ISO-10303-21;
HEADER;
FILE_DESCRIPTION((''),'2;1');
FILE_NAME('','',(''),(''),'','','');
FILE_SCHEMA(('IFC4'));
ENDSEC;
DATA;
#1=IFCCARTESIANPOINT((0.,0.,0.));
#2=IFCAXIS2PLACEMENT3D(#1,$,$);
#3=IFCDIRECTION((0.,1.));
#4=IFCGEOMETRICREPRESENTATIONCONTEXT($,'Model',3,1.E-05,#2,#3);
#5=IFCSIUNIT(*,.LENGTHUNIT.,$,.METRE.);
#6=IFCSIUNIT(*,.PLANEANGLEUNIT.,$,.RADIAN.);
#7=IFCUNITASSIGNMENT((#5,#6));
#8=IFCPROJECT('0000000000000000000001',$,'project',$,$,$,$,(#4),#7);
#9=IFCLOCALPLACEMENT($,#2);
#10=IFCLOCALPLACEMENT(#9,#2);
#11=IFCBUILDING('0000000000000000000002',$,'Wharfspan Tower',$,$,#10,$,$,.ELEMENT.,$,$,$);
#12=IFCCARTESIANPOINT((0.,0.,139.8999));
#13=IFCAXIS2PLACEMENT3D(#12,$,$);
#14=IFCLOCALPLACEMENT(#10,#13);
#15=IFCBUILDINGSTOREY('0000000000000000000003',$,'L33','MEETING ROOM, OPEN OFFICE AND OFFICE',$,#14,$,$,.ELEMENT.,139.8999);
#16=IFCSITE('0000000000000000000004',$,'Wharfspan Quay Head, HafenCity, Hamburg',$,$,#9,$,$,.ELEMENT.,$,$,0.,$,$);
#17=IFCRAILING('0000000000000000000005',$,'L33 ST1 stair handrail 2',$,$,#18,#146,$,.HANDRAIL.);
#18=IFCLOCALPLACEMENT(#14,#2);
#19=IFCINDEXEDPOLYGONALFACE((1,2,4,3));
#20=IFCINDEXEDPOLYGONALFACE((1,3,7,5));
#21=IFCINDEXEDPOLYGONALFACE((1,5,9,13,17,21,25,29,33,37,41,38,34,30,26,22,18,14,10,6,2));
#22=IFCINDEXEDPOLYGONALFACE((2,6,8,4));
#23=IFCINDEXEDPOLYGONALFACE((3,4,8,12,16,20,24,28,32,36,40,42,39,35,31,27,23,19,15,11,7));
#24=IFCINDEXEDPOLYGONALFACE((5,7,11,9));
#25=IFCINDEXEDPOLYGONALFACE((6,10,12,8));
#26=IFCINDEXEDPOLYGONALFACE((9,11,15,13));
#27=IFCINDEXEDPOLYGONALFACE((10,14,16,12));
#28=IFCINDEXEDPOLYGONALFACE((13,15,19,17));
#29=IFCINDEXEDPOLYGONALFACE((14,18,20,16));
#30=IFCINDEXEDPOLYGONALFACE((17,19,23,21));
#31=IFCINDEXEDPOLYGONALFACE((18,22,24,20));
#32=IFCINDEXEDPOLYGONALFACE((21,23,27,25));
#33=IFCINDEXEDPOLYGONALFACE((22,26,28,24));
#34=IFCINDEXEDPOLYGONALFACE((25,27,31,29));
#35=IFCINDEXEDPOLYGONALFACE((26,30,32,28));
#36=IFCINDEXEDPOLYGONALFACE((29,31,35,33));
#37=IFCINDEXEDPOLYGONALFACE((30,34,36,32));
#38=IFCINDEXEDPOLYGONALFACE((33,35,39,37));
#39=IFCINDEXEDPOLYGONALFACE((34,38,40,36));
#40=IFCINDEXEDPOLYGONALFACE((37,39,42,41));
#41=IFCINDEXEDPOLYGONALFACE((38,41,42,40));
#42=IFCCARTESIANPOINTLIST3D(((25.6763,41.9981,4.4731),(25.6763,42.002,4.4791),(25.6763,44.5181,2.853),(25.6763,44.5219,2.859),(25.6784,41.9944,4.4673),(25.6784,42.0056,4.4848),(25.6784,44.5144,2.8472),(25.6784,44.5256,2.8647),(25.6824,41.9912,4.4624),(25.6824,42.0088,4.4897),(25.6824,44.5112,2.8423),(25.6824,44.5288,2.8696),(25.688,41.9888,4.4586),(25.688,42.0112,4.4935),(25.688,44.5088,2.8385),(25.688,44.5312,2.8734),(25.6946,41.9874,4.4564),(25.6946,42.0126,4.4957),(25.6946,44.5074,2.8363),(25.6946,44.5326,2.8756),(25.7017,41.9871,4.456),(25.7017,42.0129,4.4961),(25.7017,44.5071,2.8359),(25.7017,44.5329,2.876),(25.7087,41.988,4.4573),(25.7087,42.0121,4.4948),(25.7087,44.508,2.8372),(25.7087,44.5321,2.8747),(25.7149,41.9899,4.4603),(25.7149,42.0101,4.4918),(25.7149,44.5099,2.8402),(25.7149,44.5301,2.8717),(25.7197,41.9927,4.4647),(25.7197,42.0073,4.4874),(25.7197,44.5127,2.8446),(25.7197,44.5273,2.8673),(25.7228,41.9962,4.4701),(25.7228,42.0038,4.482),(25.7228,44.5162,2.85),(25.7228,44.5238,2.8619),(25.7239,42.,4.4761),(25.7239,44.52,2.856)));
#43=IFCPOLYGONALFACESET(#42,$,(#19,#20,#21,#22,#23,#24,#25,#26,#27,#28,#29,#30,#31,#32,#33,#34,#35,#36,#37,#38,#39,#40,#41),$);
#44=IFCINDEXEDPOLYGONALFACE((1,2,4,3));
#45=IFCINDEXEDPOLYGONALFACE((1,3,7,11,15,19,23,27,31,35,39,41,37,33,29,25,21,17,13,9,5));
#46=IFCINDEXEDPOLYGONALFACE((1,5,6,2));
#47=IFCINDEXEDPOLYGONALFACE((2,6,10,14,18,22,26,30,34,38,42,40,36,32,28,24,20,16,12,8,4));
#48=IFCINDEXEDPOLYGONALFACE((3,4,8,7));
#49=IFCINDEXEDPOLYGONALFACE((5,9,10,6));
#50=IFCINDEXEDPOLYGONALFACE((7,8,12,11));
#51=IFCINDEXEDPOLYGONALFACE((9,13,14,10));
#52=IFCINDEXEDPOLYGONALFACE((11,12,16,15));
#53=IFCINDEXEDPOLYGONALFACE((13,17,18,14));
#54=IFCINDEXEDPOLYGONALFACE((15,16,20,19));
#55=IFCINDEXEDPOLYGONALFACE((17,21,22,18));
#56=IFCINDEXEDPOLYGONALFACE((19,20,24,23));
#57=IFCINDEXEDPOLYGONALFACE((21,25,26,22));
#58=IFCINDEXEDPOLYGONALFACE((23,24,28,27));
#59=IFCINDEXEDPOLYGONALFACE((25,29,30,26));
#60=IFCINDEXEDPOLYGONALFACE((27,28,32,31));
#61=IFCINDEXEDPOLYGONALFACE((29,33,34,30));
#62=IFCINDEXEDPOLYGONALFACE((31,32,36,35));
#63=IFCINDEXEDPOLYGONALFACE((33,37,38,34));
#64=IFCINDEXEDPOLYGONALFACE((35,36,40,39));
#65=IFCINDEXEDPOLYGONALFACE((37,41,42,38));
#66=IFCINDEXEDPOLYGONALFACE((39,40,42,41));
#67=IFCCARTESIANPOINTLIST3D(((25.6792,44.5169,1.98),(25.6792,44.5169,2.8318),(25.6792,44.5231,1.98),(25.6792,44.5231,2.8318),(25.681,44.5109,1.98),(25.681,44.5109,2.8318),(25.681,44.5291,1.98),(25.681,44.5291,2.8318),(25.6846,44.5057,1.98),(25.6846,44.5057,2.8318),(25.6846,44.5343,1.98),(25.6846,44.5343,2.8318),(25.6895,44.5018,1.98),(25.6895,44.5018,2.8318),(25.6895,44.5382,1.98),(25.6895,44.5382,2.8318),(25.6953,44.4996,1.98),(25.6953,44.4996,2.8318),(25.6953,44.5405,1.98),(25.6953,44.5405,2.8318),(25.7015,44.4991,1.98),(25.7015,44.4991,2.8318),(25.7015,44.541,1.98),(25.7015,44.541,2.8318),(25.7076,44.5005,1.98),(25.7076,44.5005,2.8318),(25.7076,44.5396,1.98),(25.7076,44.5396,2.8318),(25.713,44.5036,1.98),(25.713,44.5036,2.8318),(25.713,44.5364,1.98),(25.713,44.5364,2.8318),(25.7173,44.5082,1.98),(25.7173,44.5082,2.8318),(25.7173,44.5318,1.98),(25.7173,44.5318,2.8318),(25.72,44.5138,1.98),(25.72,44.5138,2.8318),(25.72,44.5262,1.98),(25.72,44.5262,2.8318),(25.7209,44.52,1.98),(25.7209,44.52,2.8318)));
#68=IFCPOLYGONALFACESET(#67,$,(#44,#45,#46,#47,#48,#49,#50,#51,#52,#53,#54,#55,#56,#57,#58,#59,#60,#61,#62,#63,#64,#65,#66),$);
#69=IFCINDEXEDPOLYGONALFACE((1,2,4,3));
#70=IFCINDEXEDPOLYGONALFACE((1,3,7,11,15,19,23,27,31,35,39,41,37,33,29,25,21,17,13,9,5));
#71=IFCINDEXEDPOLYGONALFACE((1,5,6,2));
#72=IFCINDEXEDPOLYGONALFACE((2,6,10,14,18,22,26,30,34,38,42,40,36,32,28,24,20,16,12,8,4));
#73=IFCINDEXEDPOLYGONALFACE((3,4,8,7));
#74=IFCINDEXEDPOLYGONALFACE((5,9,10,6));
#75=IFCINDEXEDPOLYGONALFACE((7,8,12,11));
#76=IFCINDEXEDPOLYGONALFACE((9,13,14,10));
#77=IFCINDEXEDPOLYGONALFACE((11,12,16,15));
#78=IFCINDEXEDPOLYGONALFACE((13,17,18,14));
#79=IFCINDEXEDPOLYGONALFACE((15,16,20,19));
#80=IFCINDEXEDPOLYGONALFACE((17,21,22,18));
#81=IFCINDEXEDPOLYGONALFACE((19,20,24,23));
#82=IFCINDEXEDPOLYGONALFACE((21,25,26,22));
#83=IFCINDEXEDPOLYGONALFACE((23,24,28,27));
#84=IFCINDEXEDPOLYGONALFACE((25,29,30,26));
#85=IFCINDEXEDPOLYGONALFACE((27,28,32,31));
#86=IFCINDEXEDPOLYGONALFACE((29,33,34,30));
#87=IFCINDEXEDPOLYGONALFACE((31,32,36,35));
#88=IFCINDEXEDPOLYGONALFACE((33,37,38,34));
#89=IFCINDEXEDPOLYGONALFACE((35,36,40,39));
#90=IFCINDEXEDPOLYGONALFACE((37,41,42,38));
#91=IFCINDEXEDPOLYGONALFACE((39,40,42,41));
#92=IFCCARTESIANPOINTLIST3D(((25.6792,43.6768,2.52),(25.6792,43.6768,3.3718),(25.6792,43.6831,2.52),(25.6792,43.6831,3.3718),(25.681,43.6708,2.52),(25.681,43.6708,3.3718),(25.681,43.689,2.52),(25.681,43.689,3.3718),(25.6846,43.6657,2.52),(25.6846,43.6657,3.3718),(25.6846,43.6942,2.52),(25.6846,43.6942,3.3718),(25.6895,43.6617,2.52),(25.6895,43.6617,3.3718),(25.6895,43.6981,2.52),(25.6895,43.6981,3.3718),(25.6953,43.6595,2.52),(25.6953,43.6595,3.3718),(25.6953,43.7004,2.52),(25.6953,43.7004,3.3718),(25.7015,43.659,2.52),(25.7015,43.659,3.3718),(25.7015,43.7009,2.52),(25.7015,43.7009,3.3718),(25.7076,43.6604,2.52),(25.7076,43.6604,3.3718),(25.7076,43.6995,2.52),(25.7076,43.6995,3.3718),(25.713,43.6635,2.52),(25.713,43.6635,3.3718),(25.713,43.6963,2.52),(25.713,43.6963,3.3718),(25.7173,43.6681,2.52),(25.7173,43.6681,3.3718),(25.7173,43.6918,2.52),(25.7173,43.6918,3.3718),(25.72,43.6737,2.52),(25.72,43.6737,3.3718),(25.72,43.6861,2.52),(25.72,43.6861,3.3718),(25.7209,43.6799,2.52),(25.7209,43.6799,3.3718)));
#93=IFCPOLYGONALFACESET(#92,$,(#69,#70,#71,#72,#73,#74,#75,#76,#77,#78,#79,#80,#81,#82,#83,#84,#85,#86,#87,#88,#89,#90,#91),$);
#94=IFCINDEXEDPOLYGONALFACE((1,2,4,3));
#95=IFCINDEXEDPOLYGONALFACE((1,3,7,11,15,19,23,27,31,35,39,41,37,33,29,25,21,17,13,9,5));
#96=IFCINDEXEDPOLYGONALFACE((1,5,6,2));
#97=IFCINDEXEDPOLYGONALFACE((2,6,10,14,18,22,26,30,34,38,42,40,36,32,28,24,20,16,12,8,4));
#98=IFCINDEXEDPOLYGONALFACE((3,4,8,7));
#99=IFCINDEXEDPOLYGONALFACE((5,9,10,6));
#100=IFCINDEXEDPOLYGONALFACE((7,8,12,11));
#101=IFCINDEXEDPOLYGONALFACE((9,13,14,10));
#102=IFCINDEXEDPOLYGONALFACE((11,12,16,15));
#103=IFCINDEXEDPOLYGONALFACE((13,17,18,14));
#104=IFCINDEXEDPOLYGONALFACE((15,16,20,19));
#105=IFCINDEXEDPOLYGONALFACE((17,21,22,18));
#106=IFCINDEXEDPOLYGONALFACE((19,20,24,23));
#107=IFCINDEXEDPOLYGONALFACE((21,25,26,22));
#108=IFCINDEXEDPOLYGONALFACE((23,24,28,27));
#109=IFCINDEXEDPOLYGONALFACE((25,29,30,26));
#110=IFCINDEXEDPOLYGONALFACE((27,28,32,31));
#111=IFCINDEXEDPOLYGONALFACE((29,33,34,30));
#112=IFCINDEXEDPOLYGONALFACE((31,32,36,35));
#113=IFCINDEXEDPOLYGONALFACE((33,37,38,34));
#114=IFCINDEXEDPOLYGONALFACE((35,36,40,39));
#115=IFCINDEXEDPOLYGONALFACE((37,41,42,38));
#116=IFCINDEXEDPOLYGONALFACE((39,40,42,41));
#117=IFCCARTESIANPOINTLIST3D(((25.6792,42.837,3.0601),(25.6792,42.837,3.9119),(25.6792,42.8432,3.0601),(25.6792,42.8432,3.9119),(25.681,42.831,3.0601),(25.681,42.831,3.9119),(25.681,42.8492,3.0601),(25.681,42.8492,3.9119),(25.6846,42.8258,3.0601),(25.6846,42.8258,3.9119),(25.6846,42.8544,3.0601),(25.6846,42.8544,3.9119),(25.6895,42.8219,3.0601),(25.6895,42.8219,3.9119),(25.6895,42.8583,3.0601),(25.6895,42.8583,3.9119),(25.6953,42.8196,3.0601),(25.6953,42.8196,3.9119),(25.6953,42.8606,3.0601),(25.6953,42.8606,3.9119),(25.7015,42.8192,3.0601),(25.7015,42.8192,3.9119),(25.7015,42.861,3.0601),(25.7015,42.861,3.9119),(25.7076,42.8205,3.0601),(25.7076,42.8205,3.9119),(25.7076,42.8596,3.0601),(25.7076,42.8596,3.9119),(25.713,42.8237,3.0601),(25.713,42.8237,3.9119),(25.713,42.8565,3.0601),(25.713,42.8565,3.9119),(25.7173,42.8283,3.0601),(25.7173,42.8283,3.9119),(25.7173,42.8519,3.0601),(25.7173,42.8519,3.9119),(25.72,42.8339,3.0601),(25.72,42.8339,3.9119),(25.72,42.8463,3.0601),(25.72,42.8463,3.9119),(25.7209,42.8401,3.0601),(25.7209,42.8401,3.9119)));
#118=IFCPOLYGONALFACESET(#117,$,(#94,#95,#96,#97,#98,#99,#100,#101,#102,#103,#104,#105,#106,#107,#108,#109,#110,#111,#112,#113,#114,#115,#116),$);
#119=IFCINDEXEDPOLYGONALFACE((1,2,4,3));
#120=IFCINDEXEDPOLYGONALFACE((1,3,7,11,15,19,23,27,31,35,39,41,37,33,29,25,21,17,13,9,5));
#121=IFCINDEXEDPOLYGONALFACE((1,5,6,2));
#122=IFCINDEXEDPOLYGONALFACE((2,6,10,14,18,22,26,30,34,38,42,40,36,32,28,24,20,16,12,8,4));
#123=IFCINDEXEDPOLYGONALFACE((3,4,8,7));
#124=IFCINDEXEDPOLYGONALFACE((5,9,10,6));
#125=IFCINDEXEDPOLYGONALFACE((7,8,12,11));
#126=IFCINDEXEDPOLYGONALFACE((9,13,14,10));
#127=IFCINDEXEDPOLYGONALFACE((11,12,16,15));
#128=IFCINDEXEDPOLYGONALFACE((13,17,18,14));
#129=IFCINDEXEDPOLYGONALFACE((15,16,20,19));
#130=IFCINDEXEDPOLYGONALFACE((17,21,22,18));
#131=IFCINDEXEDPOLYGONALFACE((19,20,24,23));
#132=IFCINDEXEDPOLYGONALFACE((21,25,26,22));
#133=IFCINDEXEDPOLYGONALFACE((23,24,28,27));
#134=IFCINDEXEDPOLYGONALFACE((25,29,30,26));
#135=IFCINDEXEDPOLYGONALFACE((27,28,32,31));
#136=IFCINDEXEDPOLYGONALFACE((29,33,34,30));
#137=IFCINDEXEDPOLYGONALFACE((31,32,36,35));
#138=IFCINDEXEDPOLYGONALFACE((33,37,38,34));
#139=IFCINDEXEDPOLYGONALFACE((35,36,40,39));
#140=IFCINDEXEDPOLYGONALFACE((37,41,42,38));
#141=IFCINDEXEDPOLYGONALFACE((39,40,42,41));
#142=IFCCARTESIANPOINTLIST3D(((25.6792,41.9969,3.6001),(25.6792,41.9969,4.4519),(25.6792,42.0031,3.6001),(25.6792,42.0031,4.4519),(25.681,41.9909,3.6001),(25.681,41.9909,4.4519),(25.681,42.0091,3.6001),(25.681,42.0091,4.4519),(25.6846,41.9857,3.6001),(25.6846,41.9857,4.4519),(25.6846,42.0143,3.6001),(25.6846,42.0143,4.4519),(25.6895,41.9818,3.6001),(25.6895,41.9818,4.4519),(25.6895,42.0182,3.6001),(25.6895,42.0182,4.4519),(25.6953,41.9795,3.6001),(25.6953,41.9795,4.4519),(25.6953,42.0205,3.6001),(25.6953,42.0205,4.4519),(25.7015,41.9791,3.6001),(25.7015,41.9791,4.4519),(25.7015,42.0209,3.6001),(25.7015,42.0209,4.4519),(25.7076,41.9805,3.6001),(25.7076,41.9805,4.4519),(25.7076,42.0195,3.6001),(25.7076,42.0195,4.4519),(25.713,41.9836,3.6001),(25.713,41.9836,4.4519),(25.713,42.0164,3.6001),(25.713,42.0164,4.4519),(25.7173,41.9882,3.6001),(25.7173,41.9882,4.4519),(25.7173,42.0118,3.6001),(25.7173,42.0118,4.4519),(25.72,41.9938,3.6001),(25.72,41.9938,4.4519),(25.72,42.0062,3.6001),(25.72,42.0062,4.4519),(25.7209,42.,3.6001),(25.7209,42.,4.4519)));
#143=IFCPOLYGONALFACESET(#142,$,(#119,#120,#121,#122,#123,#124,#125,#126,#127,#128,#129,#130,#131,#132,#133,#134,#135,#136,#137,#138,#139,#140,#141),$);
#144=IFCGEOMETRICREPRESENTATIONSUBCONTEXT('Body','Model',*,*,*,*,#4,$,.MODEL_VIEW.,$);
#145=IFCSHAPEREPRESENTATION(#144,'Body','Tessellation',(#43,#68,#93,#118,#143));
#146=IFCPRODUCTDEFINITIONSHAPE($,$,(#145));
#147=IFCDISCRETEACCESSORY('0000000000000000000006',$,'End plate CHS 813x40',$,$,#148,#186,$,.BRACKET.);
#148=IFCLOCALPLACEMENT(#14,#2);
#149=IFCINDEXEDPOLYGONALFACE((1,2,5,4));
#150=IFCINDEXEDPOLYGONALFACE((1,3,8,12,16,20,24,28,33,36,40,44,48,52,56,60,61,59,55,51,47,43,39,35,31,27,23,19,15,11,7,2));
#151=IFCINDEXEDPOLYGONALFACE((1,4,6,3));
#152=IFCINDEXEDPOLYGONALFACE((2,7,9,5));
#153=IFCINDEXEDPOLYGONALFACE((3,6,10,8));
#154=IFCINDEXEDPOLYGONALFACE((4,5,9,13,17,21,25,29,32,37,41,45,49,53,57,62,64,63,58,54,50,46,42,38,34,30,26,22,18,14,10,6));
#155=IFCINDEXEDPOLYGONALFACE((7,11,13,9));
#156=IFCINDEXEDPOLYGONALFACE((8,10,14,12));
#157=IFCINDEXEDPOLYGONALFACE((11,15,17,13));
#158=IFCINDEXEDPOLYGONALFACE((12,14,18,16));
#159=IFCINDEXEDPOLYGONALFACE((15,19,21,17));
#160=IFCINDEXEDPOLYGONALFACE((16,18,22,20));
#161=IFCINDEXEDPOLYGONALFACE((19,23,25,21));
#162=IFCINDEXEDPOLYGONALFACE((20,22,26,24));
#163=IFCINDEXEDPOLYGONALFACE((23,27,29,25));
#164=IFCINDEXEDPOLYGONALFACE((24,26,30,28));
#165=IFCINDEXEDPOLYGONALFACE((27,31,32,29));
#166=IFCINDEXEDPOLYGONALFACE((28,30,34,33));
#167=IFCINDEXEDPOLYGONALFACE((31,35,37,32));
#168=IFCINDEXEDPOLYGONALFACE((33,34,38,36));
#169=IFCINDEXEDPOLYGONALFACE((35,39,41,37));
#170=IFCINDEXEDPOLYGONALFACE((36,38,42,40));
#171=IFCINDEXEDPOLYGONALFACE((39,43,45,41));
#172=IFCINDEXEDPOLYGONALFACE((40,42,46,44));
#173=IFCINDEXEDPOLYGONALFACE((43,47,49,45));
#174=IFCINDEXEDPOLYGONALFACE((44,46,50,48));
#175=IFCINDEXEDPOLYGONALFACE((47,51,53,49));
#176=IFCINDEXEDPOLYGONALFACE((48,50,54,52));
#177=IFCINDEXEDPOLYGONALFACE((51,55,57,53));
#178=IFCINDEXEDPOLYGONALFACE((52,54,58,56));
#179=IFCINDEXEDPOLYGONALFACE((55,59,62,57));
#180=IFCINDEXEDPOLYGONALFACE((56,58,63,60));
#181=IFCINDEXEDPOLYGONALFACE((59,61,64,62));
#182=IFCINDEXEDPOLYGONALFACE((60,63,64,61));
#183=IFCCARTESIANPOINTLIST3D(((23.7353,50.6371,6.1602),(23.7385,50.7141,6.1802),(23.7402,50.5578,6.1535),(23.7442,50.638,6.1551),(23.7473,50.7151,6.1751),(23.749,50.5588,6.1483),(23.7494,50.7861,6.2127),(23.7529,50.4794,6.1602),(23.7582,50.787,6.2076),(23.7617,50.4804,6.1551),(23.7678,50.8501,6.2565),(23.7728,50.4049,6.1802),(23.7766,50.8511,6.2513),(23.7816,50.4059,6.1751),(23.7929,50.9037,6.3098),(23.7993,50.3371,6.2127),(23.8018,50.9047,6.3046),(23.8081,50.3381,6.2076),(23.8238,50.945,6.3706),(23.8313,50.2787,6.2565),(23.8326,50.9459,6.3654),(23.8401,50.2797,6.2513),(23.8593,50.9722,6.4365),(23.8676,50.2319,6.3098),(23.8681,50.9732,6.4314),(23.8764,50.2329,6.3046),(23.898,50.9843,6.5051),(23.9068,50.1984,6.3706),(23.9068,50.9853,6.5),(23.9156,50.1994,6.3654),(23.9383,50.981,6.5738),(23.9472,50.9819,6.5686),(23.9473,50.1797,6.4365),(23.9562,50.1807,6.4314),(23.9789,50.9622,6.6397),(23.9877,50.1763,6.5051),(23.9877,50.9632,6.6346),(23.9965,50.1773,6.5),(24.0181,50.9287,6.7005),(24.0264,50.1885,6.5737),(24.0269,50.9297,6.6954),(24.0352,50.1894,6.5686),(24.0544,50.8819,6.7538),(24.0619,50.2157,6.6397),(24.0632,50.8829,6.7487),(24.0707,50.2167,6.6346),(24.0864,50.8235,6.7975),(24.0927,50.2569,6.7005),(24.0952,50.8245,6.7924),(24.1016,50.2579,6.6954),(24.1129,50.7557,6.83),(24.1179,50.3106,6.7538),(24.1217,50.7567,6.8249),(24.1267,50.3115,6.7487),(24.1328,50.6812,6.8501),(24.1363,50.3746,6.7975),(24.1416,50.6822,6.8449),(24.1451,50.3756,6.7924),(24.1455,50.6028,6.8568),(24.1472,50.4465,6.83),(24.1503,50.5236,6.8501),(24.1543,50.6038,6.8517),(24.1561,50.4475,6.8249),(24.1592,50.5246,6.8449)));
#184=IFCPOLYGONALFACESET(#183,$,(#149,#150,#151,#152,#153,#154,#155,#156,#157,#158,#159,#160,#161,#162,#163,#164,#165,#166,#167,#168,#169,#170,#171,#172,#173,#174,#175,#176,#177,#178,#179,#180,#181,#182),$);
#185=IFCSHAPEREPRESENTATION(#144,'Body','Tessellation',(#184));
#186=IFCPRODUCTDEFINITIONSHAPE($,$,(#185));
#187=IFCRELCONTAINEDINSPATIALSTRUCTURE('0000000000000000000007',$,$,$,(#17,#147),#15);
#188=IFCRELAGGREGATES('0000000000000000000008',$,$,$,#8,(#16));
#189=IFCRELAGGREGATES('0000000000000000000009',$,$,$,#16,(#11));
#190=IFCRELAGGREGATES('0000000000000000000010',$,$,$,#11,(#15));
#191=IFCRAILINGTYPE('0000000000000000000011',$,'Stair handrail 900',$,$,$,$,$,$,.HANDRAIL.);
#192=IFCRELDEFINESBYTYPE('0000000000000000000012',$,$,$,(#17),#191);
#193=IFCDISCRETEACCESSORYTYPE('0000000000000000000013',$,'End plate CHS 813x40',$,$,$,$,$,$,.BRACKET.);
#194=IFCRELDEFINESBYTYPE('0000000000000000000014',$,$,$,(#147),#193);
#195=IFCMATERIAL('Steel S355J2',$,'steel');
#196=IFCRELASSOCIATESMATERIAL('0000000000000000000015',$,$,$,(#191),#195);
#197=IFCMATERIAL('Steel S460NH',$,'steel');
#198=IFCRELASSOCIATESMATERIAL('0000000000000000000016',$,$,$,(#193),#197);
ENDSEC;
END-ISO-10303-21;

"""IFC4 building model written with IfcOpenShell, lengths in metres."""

from ifc_helpers import new_model, si_unit, direction, frame, origin, origin_2d, place, context, subcontext, project, spatial, circle, extrude, material, material_profile, profile_set, type_object, element, save


model = new_model("IFC4")

# Units and contexts
model_context = context("Model", 3, precision=1e-05, world=origin(), true_north=direction((0.0, 1.0)))
body_context = subcontext(model_context, "Body", "Model", "MODEL_VIEW")
ifc_project = project(units=[si_unit("LENGTHUNIT", "METRE"), si_unit("PLANEANGLEUNIT", "RADIAN")], contexts=[model_context])

# Site, building, storey
site_placement = place(None, origin())
site = spatial("IfcSite", under=ifc_project, at=site_placement, Name="Wharfspan Quay Head, HafenCity, Hamburg", CompositionType="ELEMENT", RefElevation=0.0)
building_placement = place(site_placement, origin())
building = spatial("IfcBuilding", under=site, at=building_placement, Name="Wharfspan Tower", CompositionType="ELEMENT")
storey_placement = place(building_placement, frame((0.0, 0.0, 139.8999)))
storey = spatial("IfcBuildingStorey", under=building, at=storey_placement, Name="L33", Description="MEETING ROOM, OPEN OFFICE AND OFFICE", CompositionType="ELEMENT", Elevation=139.8999)

# Shared definitions
ifc_material_1 = material(Name="Steel S355J2", Category="steel")

# Railing
railing_type_1 = type_object("IfcRailingType", Name="Stair handrail 900", PredefinedType="HANDRAIL", material=ifc_material_1)
railing_1_placement = place(storey_placement, frame((25.7, 44.52, 1.98)))
element("IfcRailing", 1, at=railing_1_placement, inside=storey, type_object=railing_type_1, Name="L33 ST1 stair handrail 2", PredefinedType="HANDRAIL", context=body_context, shape_type="SweptSolid", body=[
    extrude(circle(Radius=0.0239, at=origin_2d()), frame((0.0, 0.0, 0.876), z_axis=(0.0, -0.841163, 0.540782), x_axis=(1.0, 0.0, 0.0)), (0.0, 0.0, 1.0), 2.9958),
    extrude(circle(Radius=0.021, at=origin_2d()), origin(), (0.0, 0.0, 1.0), 0.8518),
    extrude(circle(Radius=0.021, at=origin_2d()), frame((0.0, -0.8401, 0.54)), (0.0, 0.0, 1.0), 0.8518),
    extrude(circle(Radius=0.021, at=origin_2d()), frame((0.0, -1.6799, 1.0801)), (0.0, 0.0, 1.0), 0.8518),
    extrude(circle(Radius=0.021, at=origin_2d()), frame((0.0, -2.52, 1.6201)), (0.0, 0.0, 1.0), 0.8518),
])

# Discrete accessory
ifc_material_2 = material(Name="Steel S460NH", Category="steel")
ifc_material_profile_1 = material_profile(ifc_material_2, circle(Radius=0.4065, at=origin_2d()))
ifc_profile_set_1 = profile_set([ifc_material_profile_1], Name="Steel S460NH")
discrete_accessory_type = type_object("IfcDiscreteAccessoryType", Name="End plate CHS 813x40", PredefinedType="BRACKET", material=ifc_profile_set_1)
discrete_accessory_placement = place(storey_placement, frame((23.9517, 50.5813, 6.5), z_axis=(-0.859828, -0.095536, 0.501566), x_axis=(0.11043, -0.99388, -0.000001)))
element("IfcDiscreteAccessory", 2, at=discrete_accessory_placement, inside=storey, type_object=discrete_accessory_type, Name="End plate CHS 813x40", PredefinedType="BRACKET", context=body_context, shape_type="SweptSolid", body=[
    extrude(circle(Radius=0.4065, at=origin_2d()), origin(), (0.0, 0.0, 1.0), 0.0103),
])

save(model, "model.ifc")
